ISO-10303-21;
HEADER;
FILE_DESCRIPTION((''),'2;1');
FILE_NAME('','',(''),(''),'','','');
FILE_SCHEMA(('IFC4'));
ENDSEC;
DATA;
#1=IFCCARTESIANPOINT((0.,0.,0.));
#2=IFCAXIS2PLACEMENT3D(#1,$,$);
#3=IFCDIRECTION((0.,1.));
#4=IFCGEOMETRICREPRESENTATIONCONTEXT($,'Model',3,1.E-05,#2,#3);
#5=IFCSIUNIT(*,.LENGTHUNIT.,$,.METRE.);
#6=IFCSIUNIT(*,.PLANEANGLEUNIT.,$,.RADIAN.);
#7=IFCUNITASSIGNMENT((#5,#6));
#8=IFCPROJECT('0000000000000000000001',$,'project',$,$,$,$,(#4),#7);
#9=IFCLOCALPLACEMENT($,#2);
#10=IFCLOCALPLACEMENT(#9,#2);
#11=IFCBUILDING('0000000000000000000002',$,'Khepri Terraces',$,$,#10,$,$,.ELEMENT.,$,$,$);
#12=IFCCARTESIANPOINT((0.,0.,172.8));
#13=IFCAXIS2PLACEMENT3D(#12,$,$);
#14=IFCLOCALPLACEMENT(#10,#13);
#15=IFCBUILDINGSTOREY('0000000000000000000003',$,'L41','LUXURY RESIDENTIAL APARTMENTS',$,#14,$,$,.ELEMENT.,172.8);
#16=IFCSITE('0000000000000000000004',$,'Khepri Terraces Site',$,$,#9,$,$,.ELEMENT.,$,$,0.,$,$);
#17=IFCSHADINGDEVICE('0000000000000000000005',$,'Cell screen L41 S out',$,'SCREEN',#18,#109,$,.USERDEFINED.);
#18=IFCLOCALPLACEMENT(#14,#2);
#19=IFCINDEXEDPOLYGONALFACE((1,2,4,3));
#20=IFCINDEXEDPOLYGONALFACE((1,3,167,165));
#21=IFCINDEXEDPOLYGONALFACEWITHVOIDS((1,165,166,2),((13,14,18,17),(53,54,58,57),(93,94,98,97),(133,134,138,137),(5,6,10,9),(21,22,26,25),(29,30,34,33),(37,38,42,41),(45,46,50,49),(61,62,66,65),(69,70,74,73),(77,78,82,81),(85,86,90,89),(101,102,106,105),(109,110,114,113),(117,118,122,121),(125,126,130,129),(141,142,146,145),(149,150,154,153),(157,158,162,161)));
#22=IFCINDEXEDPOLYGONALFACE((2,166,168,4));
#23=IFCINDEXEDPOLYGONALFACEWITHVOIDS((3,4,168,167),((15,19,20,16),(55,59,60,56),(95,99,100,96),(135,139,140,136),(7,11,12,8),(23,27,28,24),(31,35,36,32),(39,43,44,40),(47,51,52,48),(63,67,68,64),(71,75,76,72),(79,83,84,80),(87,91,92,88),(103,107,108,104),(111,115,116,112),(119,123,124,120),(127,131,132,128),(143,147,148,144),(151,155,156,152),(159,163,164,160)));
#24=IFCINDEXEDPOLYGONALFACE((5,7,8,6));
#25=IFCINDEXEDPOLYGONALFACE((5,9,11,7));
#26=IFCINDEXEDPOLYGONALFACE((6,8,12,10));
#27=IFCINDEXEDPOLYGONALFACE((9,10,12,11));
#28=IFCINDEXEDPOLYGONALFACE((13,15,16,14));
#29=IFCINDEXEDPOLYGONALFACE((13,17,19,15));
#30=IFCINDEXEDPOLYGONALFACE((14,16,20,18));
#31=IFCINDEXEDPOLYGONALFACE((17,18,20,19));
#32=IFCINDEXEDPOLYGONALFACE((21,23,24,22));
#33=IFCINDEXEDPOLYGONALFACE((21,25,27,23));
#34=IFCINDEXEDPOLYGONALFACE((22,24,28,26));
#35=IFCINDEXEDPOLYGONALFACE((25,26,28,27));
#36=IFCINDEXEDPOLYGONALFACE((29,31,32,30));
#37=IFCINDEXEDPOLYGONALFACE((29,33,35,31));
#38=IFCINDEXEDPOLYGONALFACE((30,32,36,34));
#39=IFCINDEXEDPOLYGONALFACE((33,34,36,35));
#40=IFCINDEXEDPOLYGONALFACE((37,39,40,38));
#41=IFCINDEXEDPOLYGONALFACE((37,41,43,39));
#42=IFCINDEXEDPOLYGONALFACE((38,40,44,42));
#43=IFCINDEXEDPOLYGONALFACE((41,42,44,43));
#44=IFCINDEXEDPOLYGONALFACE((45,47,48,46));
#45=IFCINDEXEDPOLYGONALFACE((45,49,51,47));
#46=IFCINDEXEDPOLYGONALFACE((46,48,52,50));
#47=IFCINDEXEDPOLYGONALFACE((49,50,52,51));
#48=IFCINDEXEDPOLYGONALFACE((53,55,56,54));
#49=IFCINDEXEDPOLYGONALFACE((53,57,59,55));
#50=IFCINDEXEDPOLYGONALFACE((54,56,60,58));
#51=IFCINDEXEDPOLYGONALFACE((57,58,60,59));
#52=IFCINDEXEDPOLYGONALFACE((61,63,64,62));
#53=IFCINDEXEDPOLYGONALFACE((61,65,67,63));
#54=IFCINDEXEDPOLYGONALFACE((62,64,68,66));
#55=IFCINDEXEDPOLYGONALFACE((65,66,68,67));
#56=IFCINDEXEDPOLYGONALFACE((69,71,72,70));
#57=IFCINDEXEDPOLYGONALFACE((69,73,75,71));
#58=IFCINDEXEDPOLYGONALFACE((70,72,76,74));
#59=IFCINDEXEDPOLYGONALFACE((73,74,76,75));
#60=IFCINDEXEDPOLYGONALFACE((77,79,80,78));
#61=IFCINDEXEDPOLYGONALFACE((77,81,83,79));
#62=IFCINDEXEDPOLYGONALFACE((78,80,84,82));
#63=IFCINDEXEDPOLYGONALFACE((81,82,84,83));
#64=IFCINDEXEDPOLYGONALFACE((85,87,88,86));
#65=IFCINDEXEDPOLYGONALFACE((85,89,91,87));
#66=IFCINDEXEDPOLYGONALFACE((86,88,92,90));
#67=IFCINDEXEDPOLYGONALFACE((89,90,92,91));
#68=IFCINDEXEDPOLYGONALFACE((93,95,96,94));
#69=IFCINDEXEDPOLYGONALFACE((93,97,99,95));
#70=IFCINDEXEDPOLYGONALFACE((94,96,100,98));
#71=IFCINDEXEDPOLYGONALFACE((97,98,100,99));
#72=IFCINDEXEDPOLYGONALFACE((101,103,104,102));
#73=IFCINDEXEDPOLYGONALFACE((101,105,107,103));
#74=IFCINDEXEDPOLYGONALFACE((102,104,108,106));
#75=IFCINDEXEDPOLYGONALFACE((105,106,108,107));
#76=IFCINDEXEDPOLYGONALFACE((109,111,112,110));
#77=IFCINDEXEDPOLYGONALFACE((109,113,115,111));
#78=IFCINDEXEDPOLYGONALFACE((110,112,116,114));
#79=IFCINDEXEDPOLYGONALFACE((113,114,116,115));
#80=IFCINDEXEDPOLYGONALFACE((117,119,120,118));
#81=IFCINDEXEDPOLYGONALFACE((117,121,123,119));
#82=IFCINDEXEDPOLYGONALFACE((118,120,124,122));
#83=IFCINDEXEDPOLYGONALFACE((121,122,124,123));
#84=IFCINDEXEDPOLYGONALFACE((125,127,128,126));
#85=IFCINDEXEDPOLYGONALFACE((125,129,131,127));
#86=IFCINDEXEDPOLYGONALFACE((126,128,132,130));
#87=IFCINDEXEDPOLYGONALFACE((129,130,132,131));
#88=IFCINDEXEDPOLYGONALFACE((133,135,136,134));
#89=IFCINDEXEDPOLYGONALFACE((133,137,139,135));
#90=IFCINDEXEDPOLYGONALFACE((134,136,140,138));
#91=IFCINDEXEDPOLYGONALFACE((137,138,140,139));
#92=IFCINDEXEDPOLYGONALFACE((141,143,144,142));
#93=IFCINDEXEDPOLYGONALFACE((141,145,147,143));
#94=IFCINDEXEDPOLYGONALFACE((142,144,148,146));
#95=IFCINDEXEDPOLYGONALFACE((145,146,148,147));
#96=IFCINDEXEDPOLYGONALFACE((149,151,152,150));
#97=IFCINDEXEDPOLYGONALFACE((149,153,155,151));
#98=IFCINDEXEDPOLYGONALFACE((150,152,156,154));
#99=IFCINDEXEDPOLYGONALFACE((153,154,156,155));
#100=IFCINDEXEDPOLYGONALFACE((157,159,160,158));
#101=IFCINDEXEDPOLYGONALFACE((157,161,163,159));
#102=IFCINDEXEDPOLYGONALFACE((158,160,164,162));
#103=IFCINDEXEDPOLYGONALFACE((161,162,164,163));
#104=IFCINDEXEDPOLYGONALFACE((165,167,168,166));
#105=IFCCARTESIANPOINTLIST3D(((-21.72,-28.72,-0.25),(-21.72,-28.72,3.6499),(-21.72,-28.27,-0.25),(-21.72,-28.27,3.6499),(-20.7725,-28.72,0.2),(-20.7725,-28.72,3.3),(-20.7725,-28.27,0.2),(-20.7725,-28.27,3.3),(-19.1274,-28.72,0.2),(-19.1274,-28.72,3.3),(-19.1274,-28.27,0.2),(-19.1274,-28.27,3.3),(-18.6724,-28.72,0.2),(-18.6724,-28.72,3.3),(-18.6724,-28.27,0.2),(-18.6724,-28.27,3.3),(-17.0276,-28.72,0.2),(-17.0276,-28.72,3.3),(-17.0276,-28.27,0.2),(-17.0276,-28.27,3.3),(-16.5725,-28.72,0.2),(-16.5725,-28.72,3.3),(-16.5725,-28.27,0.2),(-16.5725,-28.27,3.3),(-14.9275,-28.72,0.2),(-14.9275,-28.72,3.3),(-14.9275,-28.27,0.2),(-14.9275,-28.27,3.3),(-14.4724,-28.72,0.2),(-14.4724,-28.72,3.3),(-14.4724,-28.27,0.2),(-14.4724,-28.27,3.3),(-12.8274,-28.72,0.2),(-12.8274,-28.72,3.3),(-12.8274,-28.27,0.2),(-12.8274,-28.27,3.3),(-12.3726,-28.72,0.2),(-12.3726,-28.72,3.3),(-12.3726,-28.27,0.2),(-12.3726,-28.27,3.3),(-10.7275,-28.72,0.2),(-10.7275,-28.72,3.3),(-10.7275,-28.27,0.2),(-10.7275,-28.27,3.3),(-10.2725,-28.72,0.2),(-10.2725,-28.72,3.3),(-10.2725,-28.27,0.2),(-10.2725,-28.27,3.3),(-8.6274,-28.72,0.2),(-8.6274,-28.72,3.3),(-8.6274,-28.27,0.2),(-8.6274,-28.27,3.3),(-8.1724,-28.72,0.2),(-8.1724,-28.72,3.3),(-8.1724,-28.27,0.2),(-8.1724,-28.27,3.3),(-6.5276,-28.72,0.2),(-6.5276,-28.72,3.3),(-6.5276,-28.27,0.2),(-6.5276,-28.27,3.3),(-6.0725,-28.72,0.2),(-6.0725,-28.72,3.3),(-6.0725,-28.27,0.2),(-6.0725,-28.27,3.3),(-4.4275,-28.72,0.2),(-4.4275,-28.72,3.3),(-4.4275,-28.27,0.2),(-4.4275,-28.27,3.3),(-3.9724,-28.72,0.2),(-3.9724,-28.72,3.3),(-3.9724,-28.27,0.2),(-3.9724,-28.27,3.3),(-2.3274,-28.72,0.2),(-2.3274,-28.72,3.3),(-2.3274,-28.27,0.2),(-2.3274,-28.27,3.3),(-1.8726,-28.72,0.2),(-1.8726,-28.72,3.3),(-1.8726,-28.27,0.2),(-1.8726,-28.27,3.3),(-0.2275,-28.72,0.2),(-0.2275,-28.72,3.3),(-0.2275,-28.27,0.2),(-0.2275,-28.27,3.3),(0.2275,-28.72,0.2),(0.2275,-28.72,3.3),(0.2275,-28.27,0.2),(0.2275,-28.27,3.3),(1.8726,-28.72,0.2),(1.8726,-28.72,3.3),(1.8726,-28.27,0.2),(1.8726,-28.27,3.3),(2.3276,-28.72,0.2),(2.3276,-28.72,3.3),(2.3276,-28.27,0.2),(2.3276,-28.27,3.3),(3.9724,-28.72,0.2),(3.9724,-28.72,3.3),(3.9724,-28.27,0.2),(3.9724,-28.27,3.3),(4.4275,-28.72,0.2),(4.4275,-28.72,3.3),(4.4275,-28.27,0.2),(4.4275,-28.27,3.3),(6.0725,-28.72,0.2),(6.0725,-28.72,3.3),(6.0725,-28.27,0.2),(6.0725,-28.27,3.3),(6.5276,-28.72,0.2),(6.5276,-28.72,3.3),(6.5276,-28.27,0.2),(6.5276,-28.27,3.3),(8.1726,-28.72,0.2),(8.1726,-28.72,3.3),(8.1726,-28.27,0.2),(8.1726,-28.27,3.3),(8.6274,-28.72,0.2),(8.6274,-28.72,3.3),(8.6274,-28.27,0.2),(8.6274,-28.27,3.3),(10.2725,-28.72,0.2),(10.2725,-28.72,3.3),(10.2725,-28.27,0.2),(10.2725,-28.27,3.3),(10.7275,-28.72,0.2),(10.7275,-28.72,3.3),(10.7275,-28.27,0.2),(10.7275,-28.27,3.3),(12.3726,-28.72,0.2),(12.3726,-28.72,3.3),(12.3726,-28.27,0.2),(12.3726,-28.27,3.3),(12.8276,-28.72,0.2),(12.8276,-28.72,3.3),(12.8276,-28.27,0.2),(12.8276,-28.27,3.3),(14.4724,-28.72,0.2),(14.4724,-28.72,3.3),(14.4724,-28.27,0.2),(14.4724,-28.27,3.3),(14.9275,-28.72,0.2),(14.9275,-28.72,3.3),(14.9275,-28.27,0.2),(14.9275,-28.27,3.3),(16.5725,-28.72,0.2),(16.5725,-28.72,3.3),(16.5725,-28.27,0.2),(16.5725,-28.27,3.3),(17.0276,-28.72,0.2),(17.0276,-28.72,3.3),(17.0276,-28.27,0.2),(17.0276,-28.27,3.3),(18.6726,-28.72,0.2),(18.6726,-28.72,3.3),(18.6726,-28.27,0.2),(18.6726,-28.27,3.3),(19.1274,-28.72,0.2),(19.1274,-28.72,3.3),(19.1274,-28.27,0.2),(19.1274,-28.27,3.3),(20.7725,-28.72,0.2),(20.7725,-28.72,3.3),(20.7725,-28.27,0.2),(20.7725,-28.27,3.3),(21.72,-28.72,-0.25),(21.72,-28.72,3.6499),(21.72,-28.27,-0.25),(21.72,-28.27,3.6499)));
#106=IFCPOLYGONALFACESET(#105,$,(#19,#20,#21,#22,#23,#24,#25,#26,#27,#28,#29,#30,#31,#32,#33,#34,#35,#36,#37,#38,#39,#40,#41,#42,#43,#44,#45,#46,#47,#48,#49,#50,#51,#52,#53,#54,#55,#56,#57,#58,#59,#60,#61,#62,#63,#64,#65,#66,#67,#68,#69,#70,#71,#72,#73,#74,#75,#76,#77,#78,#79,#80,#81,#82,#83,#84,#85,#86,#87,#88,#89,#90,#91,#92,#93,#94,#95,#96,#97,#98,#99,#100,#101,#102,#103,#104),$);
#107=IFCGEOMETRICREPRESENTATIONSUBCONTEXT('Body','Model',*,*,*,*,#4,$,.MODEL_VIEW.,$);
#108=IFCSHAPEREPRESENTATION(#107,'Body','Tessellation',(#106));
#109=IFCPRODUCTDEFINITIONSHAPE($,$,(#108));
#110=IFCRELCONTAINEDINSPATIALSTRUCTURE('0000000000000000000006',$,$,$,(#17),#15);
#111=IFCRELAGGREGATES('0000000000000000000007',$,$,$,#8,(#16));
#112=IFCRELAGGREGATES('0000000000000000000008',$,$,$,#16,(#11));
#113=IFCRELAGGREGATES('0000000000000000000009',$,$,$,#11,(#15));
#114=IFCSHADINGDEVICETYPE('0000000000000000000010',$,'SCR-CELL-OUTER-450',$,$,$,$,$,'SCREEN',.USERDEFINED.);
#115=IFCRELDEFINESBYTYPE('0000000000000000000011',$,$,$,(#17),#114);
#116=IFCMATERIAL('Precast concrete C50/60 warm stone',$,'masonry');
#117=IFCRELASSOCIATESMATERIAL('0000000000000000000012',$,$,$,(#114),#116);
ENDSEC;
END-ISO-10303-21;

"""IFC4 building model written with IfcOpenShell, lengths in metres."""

from ifc_helpers import new_model, si_unit, direction, frame, origin, place, context, subcontext, project, spatial, polyline, outline, extrude, material, type_object, element, save


model = new_model("IFC4")

# Units and contexts
model_context = context("Model", 3, precision=1e-05, world=origin(), true_north=direction((0.0, 1.0)))
body_context = subcontext(model_context, "Body", "Model", "MODEL_VIEW")
ifc_project = project(units=[si_unit("LENGTHUNIT", "METRE"), si_unit("PLANEANGLEUNIT", "RADIAN")], contexts=[model_context])

# Site, building, storey
site_placement = place(None, origin())
site = spatial("IfcSite", under=ifc_project, at=site_placement, Name="Khepri Terraces Site", CompositionType="ELEMENT", RefElevation=0.0)
building_placement = place(site_placement, origin())
building = spatial("IfcBuilding", under=site, at=building_placement, Name="Khepri Terraces", CompositionType="ELEMENT")
storey_placement = place(building_placement, frame((0.0, 0.0, 172.8)))
storey = spatial("IfcBuildingStorey", under=building, at=storey_placement, Name="L41", Description="LUXURY RESIDENTIAL APARTMENTS", CompositionType="ELEMENT", Elevation=172.8)

# Shared definitions
ifc_material_1 = material(Name="Precast concrete C50/60 warm stone", Category="masonry")

# Shading device
shading_device_type_1 = type_object("IfcShadingDeviceType", Name="SCR-CELL-OUTER-450", ElementType="SCREEN", PredefinedType="USERDEFINED", material=ifc_material_1)
shading_device_1_placement = place(storey_placement, frame((-21.72, -28.27, -0.25), z_axis=(0.0, -1.0, 0.0), x_axis=(1.0, 0.0, 0.0)))
element("IfcShadingDevice", 1, at=shading_device_1_placement, inside=storey, type_object=shading_device_type_1, Name="Cell screen L41 S out", ObjectType="SCREEN", PredefinedType="USERDEFINED", context=body_context, shape_type="SweptSolid", body=[
    extrude(outline(polyline([(0.0, 0.0), (43.4399, 0.0), (43.4399, 3.8999), (0.0, 3.8999), (0.0, 0.0)]), holes=[polyline([(0.9475, 0.45), (2.5925, 0.45), (2.5925, 3.55), (0.9475, 3.55), (0.9475, 0.45)]), polyline([(3.0476, 0.45), (4.6924, 0.45), (4.6924, 3.55), (3.0476, 3.55), (3.0476, 0.45)]), polyline([(5.1475, 0.45), (6.7925, 0.45), (6.7925, 3.55), (5.1475, 3.55), (5.1475, 0.45)]), polyline([(7.2476, 0.45), (8.8926, 0.45), (8.8926, 3.55), (7.2476, 3.55), (7.2476, 0.45)]), polyline([(9.3474, 0.45), (10.9924, 0.45), (10.9924, 3.55), (9.3474, 3.55), (9.3474, 0.45)]), polyline([(11.4475, 0.45), (13.0925, 0.45), (13.0925, 3.55), (11.4475, 3.55), (11.4475, 0.45)]), polyline([(13.5476, 0.45), (15.1924, 0.45), (15.1924, 3.55), (13.5476, 3.55), (13.5476, 0.45)]), polyline([(15.6475, 0.45), (17.2925, 0.45), (17.2925, 3.55), (15.6475, 3.55), (15.6475, 0.45)]), polyline([(17.7476, 0.45), (19.3926, 0.45), (19.3926, 3.55), (17.7476, 3.55), (17.7476, 0.45)]), polyline([(19.8474, 0.45), (21.4924, 0.45), (21.4924, 3.55), (19.8474, 3.55), (19.8474, 0.45)]), polyline([(21.9475, 0.45), (23.5925, 0.45), (23.5925, 3.55), (21.9475, 3.55), (21.9475, 0.45)]), polyline([(24.0476, 0.45), (25.6924, 0.45), (25.6924, 3.55), (24.0476, 3.55), (24.0476, 0.45)]), polyline([(26.1475, 0.45), (27.7925, 0.45), (27.7925, 3.55), (26.1475, 3.55), (26.1475, 0.45)]), polyline([(28.2476, 0.45), (29.8926, 0.45), (29.8926, 3.55), (28.2476, 3.55), (28.2476, 0.45)]), polyline([(30.3474, 0.45), (31.9924, 0.45), (31.9924, 3.55), (30.3474, 3.55), (30.3474, 0.45)]), polyline([(32.4475, 0.45), (34.0925, 0.45), (34.0925, 3.55), (32.4475, 3.55), (32.4475, 0.45)]), polyline([(34.5476, 0.45), (36.1924, 0.45), (36.1924, 3.55), (34.5476, 3.55), (34.5476, 0.45)]), polyline([(36.6475, 0.45), (38.2925, 0.45), (38.2925, 3.55), (36.6475, 3.55), (36.6475, 0.45)]), polyline([(38.7476, 0.45), (40.3926, 0.45), (40.3926, 3.55), (38.7476, 3.55), (38.7476, 0.45)]), polyline([(40.8474, 0.45), (42.4924, 0.45), (42.4924, 3.55), (40.8474, 3.55), (40.8474, 0.45)])]), origin(), (0.0, 0.0, 1.0), 0.45),
])

save(model, "model.ifc")
